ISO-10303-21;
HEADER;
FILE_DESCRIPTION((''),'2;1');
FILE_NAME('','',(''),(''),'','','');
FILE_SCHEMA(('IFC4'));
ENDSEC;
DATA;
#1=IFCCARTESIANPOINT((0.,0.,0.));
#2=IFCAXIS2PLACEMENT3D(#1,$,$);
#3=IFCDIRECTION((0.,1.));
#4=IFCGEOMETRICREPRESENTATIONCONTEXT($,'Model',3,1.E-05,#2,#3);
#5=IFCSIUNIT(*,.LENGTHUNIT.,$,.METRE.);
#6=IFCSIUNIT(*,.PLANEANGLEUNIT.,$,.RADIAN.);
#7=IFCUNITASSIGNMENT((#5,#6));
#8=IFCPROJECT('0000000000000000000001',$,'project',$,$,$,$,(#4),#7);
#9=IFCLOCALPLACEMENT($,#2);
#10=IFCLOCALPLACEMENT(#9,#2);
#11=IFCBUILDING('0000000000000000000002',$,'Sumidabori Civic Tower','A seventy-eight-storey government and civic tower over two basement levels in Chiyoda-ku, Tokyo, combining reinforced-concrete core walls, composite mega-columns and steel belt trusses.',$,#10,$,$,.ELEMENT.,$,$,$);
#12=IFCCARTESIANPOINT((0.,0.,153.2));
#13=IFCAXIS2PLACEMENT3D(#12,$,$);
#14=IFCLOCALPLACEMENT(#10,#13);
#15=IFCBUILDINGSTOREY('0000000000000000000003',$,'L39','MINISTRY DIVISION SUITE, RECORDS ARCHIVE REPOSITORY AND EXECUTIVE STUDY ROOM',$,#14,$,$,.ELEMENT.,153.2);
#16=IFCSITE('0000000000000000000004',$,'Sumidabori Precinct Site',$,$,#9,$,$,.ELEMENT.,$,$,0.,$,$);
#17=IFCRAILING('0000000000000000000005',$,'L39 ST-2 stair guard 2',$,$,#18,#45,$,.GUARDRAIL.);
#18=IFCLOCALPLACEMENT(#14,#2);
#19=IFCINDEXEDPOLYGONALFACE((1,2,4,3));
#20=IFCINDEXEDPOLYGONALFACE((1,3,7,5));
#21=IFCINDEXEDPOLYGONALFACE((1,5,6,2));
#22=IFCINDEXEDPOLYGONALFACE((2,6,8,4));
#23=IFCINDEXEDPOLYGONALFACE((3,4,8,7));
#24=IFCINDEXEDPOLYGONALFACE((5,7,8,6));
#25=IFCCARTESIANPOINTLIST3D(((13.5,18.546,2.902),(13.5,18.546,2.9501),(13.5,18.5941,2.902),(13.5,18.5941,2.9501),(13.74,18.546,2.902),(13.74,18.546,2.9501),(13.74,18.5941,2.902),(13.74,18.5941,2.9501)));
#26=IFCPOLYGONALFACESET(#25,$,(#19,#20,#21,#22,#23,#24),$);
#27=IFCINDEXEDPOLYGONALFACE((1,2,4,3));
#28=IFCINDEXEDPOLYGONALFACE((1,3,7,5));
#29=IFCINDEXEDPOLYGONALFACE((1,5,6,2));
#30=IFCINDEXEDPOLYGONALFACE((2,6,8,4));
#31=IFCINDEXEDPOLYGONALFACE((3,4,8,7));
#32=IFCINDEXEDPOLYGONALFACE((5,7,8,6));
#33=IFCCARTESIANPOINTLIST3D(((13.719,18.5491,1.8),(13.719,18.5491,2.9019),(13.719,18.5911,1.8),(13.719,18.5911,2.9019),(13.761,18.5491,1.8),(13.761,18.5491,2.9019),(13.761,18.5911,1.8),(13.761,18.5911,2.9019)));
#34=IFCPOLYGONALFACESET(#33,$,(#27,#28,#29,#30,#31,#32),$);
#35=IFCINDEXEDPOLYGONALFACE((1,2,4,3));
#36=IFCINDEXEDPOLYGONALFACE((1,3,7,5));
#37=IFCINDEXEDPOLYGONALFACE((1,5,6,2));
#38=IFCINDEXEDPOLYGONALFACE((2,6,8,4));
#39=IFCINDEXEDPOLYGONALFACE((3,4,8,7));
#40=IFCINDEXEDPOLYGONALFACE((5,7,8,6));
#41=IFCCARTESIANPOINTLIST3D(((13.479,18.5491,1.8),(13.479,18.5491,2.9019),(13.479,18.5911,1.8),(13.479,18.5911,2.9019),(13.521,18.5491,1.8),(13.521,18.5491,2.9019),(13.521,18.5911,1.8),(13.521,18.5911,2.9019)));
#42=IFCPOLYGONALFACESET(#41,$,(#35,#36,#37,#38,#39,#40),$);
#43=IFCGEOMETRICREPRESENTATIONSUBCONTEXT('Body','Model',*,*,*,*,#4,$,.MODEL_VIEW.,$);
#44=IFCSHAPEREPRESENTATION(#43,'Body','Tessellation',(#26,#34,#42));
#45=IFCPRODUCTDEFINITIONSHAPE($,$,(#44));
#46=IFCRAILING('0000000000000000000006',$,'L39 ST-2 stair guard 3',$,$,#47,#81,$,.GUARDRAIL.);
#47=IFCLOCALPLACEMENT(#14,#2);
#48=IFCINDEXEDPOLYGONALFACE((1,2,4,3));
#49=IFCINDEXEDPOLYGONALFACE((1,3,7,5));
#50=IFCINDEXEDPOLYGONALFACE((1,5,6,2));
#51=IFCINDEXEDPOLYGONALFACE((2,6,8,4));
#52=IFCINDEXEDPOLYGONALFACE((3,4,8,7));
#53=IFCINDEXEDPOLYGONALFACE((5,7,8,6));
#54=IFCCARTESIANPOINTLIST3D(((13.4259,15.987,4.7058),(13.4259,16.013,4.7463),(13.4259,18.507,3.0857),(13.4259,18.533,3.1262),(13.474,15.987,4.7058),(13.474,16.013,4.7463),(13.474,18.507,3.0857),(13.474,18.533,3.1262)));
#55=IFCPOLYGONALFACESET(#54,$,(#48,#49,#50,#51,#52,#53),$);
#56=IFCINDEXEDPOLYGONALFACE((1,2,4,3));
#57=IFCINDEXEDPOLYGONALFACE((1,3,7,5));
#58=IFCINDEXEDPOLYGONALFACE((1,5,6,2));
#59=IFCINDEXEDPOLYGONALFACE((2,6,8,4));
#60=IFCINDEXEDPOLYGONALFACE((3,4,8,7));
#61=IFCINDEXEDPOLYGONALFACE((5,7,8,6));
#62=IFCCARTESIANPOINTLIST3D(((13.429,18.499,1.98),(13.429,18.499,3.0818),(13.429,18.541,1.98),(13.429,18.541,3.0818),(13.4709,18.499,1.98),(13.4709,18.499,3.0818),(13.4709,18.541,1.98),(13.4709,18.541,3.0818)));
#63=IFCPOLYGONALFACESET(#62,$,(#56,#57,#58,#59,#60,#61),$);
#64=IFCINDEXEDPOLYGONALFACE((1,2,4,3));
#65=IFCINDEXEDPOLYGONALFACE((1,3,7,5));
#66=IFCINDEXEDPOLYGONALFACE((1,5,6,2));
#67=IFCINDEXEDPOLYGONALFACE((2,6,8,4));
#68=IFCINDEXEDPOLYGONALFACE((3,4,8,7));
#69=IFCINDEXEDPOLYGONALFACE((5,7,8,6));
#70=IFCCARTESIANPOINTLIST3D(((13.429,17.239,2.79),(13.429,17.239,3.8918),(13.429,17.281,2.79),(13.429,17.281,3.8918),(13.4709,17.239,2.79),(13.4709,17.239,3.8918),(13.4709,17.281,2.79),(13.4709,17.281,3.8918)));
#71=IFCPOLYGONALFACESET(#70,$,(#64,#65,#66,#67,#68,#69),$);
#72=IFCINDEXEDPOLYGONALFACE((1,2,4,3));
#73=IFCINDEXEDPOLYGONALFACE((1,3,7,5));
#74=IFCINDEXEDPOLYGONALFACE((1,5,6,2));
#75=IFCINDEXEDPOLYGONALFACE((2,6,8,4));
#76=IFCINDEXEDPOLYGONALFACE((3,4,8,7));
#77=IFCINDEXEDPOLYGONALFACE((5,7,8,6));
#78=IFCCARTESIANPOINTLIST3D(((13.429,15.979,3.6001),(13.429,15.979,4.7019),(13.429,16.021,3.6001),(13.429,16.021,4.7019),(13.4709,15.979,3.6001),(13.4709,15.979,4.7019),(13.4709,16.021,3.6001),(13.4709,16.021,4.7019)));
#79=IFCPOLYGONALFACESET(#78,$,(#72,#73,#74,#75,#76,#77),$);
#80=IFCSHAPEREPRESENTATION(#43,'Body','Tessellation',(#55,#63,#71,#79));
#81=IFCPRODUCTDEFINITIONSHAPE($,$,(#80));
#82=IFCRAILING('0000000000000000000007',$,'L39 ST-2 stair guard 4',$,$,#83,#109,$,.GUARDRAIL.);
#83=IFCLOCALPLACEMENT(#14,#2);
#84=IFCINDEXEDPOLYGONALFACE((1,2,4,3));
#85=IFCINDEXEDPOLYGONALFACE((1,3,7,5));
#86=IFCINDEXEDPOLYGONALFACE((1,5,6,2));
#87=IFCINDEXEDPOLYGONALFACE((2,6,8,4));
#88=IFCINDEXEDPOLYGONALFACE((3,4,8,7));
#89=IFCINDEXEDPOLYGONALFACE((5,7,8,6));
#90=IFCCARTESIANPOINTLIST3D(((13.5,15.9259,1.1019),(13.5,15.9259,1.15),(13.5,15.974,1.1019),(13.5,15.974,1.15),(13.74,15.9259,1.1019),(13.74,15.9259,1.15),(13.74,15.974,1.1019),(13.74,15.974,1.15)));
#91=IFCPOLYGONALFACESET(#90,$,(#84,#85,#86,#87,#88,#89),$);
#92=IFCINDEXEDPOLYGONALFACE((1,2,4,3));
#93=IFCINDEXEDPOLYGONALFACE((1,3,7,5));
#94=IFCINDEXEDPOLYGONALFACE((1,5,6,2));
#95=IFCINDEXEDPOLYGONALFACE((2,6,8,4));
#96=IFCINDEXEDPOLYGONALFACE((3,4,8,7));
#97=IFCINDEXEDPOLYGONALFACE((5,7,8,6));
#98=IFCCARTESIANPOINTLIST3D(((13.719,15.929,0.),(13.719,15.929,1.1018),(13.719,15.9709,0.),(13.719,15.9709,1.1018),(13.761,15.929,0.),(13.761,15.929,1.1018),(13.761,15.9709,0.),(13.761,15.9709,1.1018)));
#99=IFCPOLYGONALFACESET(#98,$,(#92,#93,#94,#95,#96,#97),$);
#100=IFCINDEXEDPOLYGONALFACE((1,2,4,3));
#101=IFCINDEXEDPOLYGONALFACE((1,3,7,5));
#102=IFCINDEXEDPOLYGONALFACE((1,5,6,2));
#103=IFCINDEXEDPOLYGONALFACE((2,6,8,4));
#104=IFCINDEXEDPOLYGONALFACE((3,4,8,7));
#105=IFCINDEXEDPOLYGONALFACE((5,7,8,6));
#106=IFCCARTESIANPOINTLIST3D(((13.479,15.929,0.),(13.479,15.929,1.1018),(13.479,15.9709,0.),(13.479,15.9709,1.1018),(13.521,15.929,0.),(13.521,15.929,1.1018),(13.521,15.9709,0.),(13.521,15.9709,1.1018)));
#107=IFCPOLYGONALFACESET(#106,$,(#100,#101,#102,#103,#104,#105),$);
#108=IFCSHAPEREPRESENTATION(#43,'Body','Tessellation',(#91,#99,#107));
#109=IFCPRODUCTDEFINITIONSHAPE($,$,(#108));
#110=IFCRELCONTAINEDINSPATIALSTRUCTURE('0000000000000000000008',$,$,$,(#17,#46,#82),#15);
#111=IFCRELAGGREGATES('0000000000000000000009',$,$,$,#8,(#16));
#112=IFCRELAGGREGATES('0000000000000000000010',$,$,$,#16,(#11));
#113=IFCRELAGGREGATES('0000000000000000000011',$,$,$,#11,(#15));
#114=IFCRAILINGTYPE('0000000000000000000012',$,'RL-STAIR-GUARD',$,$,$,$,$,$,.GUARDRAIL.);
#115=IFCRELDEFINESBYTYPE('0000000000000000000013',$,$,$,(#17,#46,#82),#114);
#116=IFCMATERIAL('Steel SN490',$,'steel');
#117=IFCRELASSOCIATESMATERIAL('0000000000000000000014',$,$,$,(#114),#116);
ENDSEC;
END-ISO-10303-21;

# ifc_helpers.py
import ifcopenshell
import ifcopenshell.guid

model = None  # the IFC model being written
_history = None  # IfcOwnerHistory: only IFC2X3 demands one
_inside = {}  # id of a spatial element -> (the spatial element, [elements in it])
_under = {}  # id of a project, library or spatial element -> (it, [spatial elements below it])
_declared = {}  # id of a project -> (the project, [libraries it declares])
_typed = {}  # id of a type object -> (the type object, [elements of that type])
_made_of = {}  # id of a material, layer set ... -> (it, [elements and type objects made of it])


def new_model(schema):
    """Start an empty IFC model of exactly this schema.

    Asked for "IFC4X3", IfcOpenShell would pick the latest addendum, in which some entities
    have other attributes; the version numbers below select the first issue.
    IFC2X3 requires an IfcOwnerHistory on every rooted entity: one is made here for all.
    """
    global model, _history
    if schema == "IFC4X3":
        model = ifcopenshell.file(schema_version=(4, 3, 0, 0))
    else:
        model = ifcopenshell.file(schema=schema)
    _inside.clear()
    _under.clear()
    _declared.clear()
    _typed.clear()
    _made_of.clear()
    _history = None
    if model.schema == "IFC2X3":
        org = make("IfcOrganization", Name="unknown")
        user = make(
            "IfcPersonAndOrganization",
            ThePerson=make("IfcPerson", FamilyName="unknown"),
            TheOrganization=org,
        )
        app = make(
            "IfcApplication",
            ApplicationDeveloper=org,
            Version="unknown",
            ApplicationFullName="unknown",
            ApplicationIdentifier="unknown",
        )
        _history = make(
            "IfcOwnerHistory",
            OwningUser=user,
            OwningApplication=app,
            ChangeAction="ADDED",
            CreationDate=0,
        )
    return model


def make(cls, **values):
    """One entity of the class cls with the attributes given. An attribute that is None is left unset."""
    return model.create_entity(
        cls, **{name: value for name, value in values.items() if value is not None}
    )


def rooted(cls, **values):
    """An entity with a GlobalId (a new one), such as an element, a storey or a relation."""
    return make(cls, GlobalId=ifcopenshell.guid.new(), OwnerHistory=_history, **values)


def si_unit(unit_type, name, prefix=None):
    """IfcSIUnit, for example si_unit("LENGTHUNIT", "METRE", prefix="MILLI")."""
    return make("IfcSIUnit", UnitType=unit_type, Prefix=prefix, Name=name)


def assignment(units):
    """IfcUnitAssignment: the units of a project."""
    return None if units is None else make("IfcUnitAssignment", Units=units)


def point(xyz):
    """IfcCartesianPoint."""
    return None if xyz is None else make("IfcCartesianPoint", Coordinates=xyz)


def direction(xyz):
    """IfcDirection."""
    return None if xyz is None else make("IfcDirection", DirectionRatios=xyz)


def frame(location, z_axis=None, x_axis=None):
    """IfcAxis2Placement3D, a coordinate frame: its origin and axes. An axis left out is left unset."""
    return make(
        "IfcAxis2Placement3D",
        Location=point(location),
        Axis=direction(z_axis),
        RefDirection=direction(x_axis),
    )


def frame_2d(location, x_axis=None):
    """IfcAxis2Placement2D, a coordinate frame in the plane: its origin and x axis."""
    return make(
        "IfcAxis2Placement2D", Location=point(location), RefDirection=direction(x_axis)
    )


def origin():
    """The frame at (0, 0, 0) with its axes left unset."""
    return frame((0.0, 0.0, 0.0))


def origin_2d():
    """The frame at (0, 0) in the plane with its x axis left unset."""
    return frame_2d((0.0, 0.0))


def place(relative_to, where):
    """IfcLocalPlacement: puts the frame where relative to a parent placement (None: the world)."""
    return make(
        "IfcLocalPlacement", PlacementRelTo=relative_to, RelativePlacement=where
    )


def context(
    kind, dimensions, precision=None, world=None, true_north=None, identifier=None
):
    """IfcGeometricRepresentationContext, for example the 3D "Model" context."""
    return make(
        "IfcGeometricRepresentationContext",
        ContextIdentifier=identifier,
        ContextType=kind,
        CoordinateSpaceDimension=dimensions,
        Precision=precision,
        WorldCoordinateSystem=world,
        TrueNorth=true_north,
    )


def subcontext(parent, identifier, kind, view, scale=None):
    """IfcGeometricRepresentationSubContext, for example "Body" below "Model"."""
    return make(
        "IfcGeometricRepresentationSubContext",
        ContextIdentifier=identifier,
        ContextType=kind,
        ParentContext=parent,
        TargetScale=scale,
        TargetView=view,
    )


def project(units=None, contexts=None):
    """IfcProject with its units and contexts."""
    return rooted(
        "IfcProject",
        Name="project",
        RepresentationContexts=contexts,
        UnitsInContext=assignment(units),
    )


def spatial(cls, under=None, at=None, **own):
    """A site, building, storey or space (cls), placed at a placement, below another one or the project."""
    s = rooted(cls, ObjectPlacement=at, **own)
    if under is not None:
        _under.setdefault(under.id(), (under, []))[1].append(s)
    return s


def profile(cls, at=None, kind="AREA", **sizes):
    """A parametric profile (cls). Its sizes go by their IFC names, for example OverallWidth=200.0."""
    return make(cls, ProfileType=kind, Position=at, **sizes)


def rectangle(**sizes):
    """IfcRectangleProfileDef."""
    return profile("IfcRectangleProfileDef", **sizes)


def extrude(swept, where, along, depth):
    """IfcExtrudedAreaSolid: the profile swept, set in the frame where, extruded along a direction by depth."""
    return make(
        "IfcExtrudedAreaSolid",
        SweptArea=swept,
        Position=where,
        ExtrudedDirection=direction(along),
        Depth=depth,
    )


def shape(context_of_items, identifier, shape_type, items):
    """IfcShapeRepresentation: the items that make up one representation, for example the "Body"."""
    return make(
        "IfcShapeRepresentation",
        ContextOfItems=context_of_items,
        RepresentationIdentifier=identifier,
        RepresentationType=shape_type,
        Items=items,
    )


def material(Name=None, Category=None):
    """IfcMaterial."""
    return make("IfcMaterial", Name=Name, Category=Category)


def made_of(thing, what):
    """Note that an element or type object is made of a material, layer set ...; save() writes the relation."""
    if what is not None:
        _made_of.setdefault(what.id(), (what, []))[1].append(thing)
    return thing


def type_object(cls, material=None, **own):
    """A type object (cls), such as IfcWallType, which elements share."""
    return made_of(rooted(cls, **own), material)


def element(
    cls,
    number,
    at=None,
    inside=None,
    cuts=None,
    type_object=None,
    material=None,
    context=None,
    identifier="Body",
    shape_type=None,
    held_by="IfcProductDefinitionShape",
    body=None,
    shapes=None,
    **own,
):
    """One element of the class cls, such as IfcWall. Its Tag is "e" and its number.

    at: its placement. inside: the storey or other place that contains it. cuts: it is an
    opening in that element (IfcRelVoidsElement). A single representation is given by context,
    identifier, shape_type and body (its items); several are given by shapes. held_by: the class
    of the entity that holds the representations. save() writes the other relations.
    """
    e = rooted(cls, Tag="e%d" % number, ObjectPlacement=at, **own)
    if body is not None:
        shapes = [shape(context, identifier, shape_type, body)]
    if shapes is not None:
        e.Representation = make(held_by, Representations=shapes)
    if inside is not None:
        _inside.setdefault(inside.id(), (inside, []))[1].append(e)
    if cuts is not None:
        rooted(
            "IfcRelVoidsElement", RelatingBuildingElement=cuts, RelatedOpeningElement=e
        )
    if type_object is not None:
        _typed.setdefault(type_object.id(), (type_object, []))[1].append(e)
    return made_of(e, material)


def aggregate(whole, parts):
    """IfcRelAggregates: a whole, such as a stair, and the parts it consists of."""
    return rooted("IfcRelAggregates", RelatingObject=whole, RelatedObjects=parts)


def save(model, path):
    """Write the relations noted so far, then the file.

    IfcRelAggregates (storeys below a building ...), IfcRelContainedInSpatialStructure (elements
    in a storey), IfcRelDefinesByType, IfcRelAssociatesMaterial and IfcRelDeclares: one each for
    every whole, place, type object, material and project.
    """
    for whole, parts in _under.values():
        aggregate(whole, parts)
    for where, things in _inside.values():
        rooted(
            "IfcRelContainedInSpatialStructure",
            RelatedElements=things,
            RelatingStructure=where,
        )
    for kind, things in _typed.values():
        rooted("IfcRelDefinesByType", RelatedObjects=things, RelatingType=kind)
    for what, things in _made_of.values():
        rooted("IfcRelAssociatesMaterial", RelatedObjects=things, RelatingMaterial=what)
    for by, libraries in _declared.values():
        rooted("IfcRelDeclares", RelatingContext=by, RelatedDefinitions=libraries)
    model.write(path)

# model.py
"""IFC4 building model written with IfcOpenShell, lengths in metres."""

from ifc_helpers import new_model, si_unit, direction, frame, origin, origin_2d, place, context, subcontext, project, spatial, rectangle, extrude, material, type_object, element, save


model = new_model("IFC4")

# Units and contexts
model_context = context("Model", 3, precision=1e-05, world=origin(), true_north=direction((0.0, 1.0)))
body_context = subcontext(model_context, "Body", "Model", "MODEL_VIEW")
ifc_project = project(units=[si_unit("LENGTHUNIT", "METRE"), si_unit("PLANEANGLEUNIT", "RADIAN")], contexts=[model_context])

# Site, building, storey
site_placement = place(None, origin())
site = spatial("IfcSite", under=ifc_project, at=site_placement, Name="Sumidabori Precinct Site", CompositionType="ELEMENT", RefElevation=0.0)
building_placement = place(site_placement, origin())
building = spatial("IfcBuilding", under=site, at=building_placement, Name="Sumidabori Civic Tower", Description="A seventy-eight-storey government and civic tower over two basement levels in Chiyoda-ku, Tokyo, combining reinforced-concrete core walls, composite mega-columns and steel belt trusses.", CompositionType="ELEMENT")
storey_placement = place(building_placement, frame((0.0, 0.0, 153.2)))
storey = spatial("IfcBuildingStorey", under=building, at=storey_placement, Name="L39", Description="MINISTRY DIVISION SUITE, RECORDS ARCHIVE REPOSITORY AND EXECUTIVE STUDY ROOM", CompositionType="ELEMENT", Elevation=153.2)

# Railings
ifc_material_1 = material(Name="Steel SN490", Category="steel")
railing_type_1 = type_object("IfcRailingType", Name="RL-STAIR-GUARD", PredefinedType="GUARDRAIL", material=ifc_material_1)
railing_1_placement = place(storey_placement, frame((13.74, 18.5701, 1.8)))
element("IfcRailing", 1, at=railing_1_placement, inside=storey, type_object=railing_type_1, Name="L39 ST-2 stair guard 2", PredefinedType="GUARDRAIL", context=body_context, shape_type="SweptSolid", body=[
    extrude(rectangle(XDim=0.0481, YDim=0.0481, at=origin_2d()), frame((0.0, 0.0, 1.126), z_axis=(-1.0, 0.0, 0.0), x_axis=(0.0, -1.0, 0.0)), (0.0, 0.0, 1.0), 0.24),
    extrude(rectangle(XDim=0.042, YDim=0.042, at=origin_2d()), origin(), (0.0, 0.0, 1.0), 1.1018),
    extrude(rectangle(XDim=0.042, YDim=0.042, at=origin_2d()), frame((-0.24, 0.0, 0.0)), (0.0, 0.0, 1.0), 1.1018),
])
railing_2_placement = place(storey_placement, frame((13.45, 18.52, 1.98)))
element("IfcRailing", 2, at=railing_2_placement, inside=storey, type_object=railing_type_1, Name="L39 ST-2 stair guard 3", PredefinedType="GUARDRAIL", context=body_context, shape_type="SweptSolid", body=[
    extrude(rectangle(XDim=0.0481, YDim=0.0481, at=origin_2d()), frame((0.0, 0.0, 1.126), z_axis=(0.0, -0.841163, 0.540782), x_axis=(1.0, 0.0, 0.0)), (0.0, 0.0, 1.0), 2.9958),
    extrude(rectangle(XDim=0.042, YDim=0.042, at=origin_2d()), origin(), (0.0, 0.0, 1.0), 1.1018),
    extrude(rectangle(XDim=0.042, YDim=0.042, at=origin_2d()), frame((0.0, -1.26, 0.8101)), (0.0, 0.0, 1.0), 1.1018),
    extrude(rectangle(XDim=0.042, YDim=0.042, at=origin_2d()), frame((0.0, -2.52, 1.6201)), (0.0, 0.0, 1.0), 1.1018),
])
railing_3_placement = place(storey_placement, frame((13.74, 15.95, 0.0)))
element("IfcRailing", 3, at=railing_3_placement, inside=storey, type_object=railing_type_1, Name="L39 ST-2 stair guard 4", PredefinedType="GUARDRAIL", context=body_context, shape_type="SweptSolid", body=[
    extrude(rectangle(XDim=0.0481, YDim=0.0481, at=origin_2d()), frame((0.0, 0.0, 1.126), z_axis=(-1.0, 0.0, 0.0), x_axis=(0.0, -1.0, 0.0)), (0.0, 0.0, 1.0), 0.24),
    extrude(rectangle(XDim=0.042, YDim=0.042, at=origin_2d()), origin(), (0.0, 0.0, 1.0), 1.1018),
    extrude(rectangle(XDim=0.042, YDim=0.042, at=origin_2d()), frame((-0.24, 0.0, 0.0)), (0.0, 0.0, 1.0), 1.1018),
])

save(model, "model.ifc")
